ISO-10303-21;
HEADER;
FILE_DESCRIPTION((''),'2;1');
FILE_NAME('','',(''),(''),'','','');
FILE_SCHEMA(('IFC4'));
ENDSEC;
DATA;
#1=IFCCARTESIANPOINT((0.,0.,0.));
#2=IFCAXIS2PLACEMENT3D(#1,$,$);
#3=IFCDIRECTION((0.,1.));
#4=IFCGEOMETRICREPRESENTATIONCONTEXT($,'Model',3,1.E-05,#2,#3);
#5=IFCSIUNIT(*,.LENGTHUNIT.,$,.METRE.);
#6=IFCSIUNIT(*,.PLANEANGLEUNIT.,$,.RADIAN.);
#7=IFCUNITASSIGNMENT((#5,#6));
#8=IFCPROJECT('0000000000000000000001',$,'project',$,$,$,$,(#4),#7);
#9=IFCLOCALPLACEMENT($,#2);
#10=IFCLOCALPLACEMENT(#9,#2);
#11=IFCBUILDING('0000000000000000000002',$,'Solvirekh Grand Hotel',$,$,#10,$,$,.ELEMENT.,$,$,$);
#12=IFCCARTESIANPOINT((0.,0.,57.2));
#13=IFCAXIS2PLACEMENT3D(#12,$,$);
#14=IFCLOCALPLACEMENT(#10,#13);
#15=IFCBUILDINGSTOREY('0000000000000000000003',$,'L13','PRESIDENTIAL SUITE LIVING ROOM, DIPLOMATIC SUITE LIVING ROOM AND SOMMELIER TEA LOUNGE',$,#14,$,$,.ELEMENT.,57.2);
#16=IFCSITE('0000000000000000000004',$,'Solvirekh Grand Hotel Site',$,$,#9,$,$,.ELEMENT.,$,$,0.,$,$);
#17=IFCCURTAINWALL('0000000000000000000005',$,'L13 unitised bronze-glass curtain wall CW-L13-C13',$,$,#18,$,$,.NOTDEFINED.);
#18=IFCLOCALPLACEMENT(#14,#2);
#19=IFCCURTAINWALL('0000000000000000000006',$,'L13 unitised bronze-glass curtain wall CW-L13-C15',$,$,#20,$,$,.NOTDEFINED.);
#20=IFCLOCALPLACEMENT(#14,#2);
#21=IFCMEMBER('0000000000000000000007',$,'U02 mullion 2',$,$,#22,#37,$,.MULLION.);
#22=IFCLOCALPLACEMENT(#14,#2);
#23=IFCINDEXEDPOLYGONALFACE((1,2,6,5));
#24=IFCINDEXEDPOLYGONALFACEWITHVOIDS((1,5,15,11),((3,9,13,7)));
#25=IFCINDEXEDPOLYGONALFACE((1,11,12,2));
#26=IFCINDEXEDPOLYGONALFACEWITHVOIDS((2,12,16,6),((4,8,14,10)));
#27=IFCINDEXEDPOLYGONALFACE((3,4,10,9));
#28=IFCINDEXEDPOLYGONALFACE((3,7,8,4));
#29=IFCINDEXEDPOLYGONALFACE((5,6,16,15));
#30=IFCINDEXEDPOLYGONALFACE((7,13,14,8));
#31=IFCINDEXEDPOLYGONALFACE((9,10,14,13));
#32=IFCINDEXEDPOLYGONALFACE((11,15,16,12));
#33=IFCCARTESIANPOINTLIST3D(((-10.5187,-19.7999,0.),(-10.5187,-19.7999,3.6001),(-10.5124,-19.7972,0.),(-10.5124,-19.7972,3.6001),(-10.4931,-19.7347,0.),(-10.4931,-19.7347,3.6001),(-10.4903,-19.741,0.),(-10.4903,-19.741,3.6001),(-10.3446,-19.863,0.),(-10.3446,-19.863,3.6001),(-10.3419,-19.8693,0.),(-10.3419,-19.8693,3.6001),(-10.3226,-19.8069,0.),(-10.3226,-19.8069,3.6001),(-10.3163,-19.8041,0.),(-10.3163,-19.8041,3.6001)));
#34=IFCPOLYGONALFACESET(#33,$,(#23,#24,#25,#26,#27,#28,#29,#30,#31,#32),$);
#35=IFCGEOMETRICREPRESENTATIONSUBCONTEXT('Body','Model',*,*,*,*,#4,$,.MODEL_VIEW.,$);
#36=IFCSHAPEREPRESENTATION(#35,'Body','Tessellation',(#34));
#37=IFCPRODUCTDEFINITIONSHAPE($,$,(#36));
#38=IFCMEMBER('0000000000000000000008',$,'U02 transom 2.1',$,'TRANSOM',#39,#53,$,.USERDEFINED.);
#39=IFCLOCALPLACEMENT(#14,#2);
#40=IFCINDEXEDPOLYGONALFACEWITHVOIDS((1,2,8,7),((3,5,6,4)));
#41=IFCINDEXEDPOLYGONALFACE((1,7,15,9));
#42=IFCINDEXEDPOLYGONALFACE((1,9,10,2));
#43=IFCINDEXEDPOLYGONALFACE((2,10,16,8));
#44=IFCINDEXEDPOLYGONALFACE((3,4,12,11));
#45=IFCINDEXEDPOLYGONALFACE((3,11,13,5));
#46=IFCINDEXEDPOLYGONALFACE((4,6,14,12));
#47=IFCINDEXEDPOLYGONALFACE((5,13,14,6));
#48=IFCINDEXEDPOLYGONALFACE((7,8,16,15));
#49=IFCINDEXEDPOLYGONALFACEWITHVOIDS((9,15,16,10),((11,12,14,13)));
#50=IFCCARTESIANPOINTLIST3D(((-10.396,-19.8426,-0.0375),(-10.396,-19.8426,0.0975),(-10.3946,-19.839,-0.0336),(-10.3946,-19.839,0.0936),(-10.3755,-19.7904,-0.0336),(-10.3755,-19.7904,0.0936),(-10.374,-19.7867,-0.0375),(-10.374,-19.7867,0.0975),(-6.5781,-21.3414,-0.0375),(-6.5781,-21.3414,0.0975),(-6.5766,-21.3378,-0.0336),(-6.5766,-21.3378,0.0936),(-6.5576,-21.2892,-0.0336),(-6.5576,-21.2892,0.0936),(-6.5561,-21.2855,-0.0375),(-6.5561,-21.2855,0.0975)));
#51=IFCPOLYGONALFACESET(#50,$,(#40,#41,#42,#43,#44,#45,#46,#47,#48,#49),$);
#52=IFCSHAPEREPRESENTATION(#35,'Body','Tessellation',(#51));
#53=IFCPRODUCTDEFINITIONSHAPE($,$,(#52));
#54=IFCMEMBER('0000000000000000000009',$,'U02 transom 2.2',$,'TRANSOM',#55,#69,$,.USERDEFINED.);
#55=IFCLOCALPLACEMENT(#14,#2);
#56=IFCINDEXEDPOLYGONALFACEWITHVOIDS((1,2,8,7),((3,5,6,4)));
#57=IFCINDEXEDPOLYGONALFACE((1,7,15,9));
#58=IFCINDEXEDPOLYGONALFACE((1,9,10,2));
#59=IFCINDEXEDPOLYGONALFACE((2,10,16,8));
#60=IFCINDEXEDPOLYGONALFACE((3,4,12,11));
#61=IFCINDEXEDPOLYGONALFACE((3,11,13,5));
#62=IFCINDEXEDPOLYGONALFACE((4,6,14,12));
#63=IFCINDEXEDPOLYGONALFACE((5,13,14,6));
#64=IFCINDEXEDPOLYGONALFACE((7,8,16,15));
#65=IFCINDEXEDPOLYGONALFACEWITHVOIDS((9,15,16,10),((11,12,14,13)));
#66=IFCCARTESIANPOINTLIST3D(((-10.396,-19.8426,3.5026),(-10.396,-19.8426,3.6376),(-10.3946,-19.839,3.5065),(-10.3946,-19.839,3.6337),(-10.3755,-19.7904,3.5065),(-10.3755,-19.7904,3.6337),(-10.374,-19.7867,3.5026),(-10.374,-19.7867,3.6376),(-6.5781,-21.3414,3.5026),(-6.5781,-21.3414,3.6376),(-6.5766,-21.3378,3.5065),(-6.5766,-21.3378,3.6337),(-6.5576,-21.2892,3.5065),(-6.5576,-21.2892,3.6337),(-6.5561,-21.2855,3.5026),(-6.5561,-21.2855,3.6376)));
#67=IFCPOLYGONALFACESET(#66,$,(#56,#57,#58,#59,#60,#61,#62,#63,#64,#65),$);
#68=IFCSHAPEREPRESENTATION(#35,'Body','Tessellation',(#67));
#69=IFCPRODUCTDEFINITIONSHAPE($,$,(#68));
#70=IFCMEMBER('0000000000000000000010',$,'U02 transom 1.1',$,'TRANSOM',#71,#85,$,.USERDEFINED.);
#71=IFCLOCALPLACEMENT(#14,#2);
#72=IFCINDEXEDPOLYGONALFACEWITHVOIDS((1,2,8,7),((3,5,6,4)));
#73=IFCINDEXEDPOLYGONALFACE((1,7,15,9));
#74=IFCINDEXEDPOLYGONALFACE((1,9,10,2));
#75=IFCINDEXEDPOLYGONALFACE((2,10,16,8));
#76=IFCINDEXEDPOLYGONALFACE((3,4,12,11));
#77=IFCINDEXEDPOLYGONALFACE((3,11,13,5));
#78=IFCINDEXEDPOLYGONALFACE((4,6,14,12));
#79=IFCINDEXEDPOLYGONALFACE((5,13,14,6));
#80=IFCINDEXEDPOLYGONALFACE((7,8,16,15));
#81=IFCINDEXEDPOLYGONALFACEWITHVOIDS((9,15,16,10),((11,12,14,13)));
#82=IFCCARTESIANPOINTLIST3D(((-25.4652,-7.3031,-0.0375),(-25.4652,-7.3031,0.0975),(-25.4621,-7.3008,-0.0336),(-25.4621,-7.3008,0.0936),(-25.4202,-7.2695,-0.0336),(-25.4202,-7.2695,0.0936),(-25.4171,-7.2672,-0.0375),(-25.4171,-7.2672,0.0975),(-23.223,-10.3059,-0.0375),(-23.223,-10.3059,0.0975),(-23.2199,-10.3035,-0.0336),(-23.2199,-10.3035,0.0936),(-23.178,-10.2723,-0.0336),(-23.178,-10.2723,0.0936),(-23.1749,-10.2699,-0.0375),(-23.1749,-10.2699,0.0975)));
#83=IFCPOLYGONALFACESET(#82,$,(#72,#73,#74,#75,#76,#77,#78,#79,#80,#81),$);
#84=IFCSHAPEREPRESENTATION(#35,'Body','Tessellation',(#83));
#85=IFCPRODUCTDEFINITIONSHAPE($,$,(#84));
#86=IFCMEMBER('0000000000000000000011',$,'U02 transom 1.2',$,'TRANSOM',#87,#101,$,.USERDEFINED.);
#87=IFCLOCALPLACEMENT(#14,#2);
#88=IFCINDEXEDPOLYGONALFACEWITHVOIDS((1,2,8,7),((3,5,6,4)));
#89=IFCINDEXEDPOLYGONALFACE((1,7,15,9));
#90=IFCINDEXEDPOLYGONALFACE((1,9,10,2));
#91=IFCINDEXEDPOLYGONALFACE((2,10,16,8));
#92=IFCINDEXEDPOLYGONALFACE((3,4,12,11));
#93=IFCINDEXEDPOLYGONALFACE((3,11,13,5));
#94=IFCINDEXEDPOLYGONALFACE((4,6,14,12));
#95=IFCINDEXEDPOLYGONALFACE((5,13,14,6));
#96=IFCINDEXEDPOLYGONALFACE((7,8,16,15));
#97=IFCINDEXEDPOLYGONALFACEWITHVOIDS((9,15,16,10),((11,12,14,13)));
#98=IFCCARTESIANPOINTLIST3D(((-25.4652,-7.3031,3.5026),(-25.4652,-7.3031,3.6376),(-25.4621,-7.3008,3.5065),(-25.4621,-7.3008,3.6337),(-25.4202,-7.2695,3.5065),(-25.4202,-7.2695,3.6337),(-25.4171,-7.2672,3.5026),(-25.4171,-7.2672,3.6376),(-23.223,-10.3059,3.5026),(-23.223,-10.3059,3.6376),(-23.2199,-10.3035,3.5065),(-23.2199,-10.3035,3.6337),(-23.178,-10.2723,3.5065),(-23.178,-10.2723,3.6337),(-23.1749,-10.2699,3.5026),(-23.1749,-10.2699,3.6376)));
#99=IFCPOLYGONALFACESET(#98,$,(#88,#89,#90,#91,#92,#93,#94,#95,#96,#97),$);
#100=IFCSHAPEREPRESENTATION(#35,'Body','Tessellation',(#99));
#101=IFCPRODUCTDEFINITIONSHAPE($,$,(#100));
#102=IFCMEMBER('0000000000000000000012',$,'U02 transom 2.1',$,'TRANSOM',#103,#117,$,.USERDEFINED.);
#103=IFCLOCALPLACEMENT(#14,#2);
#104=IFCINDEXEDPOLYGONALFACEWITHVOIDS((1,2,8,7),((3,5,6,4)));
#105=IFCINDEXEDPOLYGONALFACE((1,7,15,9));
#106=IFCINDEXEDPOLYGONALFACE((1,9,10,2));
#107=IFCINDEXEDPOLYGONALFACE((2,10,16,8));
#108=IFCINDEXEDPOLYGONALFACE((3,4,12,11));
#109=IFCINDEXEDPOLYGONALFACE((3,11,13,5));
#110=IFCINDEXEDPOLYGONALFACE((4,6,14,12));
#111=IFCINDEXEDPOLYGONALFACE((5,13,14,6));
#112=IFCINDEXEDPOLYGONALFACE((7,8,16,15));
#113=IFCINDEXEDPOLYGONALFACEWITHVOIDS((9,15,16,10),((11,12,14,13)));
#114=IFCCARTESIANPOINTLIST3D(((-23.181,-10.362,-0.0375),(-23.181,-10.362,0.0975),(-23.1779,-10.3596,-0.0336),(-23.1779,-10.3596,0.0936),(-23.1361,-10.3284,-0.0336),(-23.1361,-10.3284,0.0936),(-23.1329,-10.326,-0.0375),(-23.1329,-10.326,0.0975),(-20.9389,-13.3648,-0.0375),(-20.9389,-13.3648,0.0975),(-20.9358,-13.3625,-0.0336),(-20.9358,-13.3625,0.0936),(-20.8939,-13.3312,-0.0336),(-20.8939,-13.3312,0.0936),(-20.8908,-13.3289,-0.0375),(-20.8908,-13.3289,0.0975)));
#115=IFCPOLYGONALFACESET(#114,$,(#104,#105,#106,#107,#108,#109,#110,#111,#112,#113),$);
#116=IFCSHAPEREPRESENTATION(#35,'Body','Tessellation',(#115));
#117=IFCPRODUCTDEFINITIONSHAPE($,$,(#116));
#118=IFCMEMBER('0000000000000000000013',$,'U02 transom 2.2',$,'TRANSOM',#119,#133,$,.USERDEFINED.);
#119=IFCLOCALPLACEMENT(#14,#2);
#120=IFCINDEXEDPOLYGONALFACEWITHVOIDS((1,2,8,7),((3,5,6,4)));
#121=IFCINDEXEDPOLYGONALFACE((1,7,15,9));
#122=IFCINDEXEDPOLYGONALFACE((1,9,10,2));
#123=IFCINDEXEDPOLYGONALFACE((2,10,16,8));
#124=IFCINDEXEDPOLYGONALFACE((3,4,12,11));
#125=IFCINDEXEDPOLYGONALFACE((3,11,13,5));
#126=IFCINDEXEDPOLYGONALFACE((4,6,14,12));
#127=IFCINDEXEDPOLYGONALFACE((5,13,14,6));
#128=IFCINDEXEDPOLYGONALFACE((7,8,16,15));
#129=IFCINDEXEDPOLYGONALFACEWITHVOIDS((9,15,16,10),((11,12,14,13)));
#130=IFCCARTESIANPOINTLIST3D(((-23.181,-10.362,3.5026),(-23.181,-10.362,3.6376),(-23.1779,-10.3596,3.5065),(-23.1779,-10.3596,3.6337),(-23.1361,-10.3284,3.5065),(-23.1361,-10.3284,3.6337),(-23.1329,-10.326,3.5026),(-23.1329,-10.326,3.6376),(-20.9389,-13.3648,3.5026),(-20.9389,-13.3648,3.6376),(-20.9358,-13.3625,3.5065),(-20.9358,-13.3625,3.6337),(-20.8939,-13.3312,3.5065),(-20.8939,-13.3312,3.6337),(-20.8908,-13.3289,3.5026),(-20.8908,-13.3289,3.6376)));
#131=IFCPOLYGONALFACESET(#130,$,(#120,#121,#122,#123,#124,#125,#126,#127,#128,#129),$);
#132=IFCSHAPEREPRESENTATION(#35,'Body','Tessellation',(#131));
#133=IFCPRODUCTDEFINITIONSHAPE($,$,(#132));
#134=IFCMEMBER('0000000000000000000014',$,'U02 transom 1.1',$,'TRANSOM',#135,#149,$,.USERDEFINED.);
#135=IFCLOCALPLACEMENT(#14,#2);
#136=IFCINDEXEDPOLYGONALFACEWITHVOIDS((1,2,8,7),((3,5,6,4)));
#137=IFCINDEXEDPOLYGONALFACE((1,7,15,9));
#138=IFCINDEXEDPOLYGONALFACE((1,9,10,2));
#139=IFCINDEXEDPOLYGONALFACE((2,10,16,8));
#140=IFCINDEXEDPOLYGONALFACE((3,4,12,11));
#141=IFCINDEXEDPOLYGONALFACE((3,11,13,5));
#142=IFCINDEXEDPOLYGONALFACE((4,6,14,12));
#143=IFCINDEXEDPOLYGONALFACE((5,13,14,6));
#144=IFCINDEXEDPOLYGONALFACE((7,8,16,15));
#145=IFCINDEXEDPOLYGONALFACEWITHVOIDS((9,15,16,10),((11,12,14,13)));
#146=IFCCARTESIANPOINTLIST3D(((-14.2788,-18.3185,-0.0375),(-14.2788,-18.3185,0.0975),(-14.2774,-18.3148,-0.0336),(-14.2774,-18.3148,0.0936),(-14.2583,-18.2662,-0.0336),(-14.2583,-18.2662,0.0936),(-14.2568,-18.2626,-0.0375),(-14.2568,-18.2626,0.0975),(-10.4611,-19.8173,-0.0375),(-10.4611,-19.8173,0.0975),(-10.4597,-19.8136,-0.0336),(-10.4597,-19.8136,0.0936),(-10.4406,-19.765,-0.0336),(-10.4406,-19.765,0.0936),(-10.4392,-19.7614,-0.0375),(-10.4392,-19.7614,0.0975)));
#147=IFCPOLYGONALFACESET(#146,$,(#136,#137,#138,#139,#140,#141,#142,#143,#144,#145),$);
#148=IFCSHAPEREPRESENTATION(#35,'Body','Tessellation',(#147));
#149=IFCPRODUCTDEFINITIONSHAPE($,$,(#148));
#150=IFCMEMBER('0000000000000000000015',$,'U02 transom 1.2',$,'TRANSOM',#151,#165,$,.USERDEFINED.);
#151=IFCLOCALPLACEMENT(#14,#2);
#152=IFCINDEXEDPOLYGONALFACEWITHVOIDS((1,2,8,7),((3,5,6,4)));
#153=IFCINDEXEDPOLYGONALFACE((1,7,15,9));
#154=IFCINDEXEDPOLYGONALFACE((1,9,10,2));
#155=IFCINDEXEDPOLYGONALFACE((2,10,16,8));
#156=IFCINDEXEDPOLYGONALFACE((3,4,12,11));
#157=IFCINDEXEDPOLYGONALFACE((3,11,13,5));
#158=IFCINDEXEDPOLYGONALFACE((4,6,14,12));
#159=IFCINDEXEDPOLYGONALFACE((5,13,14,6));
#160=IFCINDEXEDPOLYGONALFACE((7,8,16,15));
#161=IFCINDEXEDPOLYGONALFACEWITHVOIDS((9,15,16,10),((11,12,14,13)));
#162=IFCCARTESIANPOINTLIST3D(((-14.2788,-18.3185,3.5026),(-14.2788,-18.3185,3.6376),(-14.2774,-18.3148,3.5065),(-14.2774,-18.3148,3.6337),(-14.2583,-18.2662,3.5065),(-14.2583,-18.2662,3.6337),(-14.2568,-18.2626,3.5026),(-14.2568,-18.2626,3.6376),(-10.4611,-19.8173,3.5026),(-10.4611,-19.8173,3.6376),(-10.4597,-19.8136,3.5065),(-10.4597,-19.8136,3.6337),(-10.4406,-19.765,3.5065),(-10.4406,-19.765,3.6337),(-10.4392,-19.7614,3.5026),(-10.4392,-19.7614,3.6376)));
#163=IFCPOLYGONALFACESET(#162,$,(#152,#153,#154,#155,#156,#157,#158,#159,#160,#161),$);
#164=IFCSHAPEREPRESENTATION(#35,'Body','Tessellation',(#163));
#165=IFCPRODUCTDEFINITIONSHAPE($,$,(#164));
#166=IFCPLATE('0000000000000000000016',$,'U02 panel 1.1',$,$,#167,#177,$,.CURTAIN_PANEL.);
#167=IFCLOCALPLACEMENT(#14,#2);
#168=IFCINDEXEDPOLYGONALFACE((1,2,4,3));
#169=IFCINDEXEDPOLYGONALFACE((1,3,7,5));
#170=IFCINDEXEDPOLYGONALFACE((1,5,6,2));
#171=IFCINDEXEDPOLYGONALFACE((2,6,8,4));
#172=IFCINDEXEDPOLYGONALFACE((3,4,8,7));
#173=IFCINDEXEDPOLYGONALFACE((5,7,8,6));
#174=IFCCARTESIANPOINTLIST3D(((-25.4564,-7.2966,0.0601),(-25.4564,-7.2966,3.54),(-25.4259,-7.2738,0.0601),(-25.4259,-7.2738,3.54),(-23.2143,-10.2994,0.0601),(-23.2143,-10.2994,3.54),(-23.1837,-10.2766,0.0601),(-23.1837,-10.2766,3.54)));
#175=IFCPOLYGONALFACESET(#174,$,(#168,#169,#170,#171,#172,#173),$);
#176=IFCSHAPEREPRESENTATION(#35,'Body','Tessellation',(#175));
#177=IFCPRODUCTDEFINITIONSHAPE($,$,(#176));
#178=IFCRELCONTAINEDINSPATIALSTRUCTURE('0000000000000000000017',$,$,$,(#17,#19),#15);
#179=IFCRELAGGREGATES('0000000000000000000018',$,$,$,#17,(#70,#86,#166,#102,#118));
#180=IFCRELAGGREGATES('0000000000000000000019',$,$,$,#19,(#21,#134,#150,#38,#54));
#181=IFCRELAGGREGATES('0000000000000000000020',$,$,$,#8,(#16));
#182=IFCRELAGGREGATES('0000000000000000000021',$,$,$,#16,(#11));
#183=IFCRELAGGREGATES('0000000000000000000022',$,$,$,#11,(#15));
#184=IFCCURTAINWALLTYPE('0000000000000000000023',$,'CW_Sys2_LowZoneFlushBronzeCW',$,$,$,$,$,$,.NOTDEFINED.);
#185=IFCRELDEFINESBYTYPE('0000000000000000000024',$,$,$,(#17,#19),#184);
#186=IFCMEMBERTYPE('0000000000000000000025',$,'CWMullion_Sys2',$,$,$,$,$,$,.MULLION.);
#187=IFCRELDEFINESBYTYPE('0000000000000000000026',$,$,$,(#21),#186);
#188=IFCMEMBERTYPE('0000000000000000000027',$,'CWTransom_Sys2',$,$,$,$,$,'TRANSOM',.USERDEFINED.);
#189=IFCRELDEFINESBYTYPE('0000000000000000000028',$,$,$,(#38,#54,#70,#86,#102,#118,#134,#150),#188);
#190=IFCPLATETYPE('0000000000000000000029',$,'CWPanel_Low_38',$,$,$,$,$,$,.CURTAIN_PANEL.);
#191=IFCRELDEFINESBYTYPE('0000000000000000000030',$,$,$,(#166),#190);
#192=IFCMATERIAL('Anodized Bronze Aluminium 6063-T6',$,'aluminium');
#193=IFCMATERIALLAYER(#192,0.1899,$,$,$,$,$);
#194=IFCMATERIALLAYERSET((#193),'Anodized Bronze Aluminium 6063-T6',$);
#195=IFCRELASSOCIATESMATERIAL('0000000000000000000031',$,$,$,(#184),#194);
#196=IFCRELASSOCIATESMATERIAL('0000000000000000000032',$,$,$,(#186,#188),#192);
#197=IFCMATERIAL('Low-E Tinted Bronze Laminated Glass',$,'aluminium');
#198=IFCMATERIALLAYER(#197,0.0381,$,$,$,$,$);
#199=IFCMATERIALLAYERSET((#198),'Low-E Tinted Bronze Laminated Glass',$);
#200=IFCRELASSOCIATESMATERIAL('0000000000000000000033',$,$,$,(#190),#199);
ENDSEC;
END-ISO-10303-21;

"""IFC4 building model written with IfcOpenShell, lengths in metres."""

from ifc_helpers import new_model, si_unit, direction, frame, origin, origin_2d, place, context, subcontext, project, spatial, rectangle, hollow_rectangle, extrude, source, transform, mapped, material, layer, layer_set, material_profile, profile_set, type_object, element, aggregate, save


model = new_model("IFC4")

# Units and contexts
model_context = context("Model", 3, precision=1e-05, world=origin(), true_north=direction((0.0, 1.0)))
body_context = subcontext(model_context, "Body", "Model", "MODEL_VIEW")
ifc_project = project(units=[si_unit("LENGTHUNIT", "METRE"), si_unit("PLANEANGLEUNIT", "RADIAN")], contexts=[model_context])

# Site, building, storey
site_placement = place(None, origin())
site = spatial("IfcSite", under=ifc_project, at=site_placement, Name="Solvirekh Grand Hotel Site", CompositionType="ELEMENT", RefElevation=0.0)
building_placement = place(site_placement, origin())
building = spatial("IfcBuilding", under=site, at=building_placement, Name="Solvirekh Grand Hotel", CompositionType="ELEMENT")
storey_placement = place(building_placement, frame((0.0, 0.0, 57.2)))
storey = spatial("IfcBuildingStorey", under=building, at=storey_placement, Name="L13", Description="PRESIDENTIAL SUITE LIVING ROOM, DIPLOMATIC SUITE LIVING ROOM AND SOMMELIER TEA LOUNGE", CompositionType="ELEMENT", Elevation=57.2)

# Shared definitions
ifc_material_1 = material(Name="Anodized Bronze Aluminium 6063-T6", Category="aluminium")
ifc_layer_1 = layer(ifc_material_1, 0.1899)
ifc_layer_set_1 = layer_set([ifc_layer_1], Name="Anodized Bronze Aluminium 6063-T6")
curtain_wall_type = type_object("IfcCurtainWallType", Name="CW_Sys2_LowZoneFlushBronzeCW", PredefinedType="NOTDEFINED", material=ifc_layer_set_1)
ifc_material_profile_1 = material_profile(ifc_material_1, hollow_rectangle(XDim=0.0701, YDim=0.1899, WallThickness=0.0049, at=origin_2d()), Name="ALU RHS 190X70X5")
ifc_profile_set_1 = profile_set([ifc_material_profile_1], Name="Anodized Bronze Aluminium 6063-T6")
member_type_1 = type_object("IfcMemberType", Name="CWMullion_Sys2", PredefinedType="MULLION", material=ifc_profile_set_1)
shared_shape_1 = source(origin(), body_context, "Body", "SweptSolid", [
    extrude(hollow_rectangle(XDim=0.0701, YDim=0.1899, WallThickness=0.0049, at=origin_2d()), origin(), (0.0, 0.0, 1.0), 3.6001),
])

# Curtain walls, members
curtain_wall_1_placement = place(storey_placement, origin())
curtain_wall_1 = element("IfcCurtainWall", 1, at=curtain_wall_1_placement, inside=storey, type_object=curtain_wall_type, Name="L13 unitised bronze-glass curtain wall CW-L13-C13", PredefinedType="NOTDEFINED")
curtain_wall_2_placement = place(storey_placement, origin())
curtain_wall_2 = element("IfcCurtainWall", 2, at=curtain_wall_2_placement, inside=storey, type_object=curtain_wall_type, Name="L13 unitised bronze-glass curtain wall CW-L13-C15", PredefinedType="NOTDEFINED")
member_1_placement = place(storey_placement, frame((-10.4175, -19.802, 0.0), z_axis=(0.0, 0.0, 1.0), x_axis=(0.365399, 0.930851, 0.0)))
member_1 = element("IfcMember", 3, at=member_1_placement, type_object=member_type_1, Name="U02 mullion 2", PredefinedType="MULLION", context=body_context, shape_type="MappedRepresentation", body=[
    mapped(shared_shape_1, transform((0.0, 0.0, 0.0), x_axis=(1.0, 0.0, 0.0), y_axis=(0.0, 1.0, 0.0), z_axis=(0.0, 0.0, 1.0), scale=1.0)),
])
ifc_material_profile_2 = material_profile(ifc_material_1, hollow_rectangle(XDim=0.0601, YDim=0.135, WallThickness=0.0039, at=origin_2d()), Name="ALU RHS 135X60X4")
ifc_profile_set_2 = profile_set([ifc_material_profile_2], Name="Anodized Bronze Aluminium 6063-T6")
member_type_2 = type_object("IfcMemberType", Name="CWTransom_Sys2", ElementType="TRANSOM", PredefinedType="USERDEFINED", material=ifc_profile_set_2)
shared_shape_2 = source(origin(), body_context, "Body", "SweptSolid", [
    extrude(hollow_rectangle(XDim=0.0601, YDim=0.135, WallThickness=0.0039, at=origin_2d()), origin(), (0.0, 0.0, 1.0), 4.1016),
])
member_2_placement = place(storey_placement, frame((-10.385, -19.8147, 0.03), z_axis=(0.930843, -0.36542, 0.0), x_axis=(0.36542, 0.930843, 0.0)))
member_2 = element("IfcMember", 4, at=member_2_placement, type_object=member_type_2, Name="U02 transom 2.1", ObjectType="TRANSOM", PredefinedType="USERDEFINED", context=body_context, shape_type="MappedRepresentation", body=[
    mapped(shared_shape_2, transform((0.0, 0.0, 0.0), x_axis=(1.0, 0.0, 0.0), y_axis=(0.0, 1.0, 0.0), z_axis=(0.0, 0.0, 1.0), scale=1.0)),
])
member_3_placement = place(storey_placement, frame((-10.385, -19.8147, 3.5701), z_axis=(0.930843, -0.36542, 0.0), x_axis=(0.36542, 0.930843, 0.0)))
member_3 = element("IfcMember", 5, at=member_3_placement, type_object=member_type_2, Name="U02 transom 2.2", ObjectType="TRANSOM", PredefinedType="USERDEFINED", context=body_context, shape_type="MappedRepresentation", body=[
    mapped(shared_shape_2, transform((0.0, 0.0, 0.0), x_axis=(1.0, 0.0, 0.0), y_axis=(0.0, 1.0, 0.0), z_axis=(0.0, 0.0, 1.0), scale=1.0)),
])

# Members
shared_shape_3 = source(origin(), body_context, "Body", "SweptSolid", [
    extrude(hollow_rectangle(XDim=0.0601, YDim=0.135, WallThickness=0.0039, at=origin_2d()), origin(), (0.0, 0.0, 1.0), 3.7476),
])
member_4_placement = place(storey_placement, frame((-25.4412, -7.2852, 0.03), z_axis=(0.59832, -0.801257, 0.0), x_axis=(0.801257, 0.59832, 0.0)))
member_4 = element("IfcMember", 6, at=member_4_placement, type_object=member_type_2, Name="U02 transom 1.1", ObjectType="TRANSOM", PredefinedType="USERDEFINED", context=body_context, shape_type="MappedRepresentation", body=[
    mapped(shared_shape_3, transform((0.0, 0.0, 0.0), x_axis=(1.0, 0.0, 0.0), y_axis=(0.0, 1.0, 0.0), z_axis=(0.0, 0.0, 1.0), scale=1.0)),
])
member_5_placement = place(storey_placement, frame((-25.4412, -7.2852, 3.5701), z_axis=(0.59832, -0.801257, 0.0), x_axis=(0.801257, 0.59832, 0.0)))
member_5 = element("IfcMember", 7, at=member_5_placement, type_object=member_type_2, Name="U02 transom 1.2", ObjectType="TRANSOM", PredefinedType="USERDEFINED", context=body_context, shape_type="MappedRepresentation", body=[
    mapped(shared_shape_3, transform((0.0, 0.0, 0.0), x_axis=(1.0, 0.0, 0.0), y_axis=(0.0, 1.0, 0.0), z_axis=(0.0, 0.0, 1.0), scale=1.0)),
])
member_6_placement = place(storey_placement, frame((-23.157, -10.344, 0.03), z_axis=(0.598289, -0.80128, 0.0), x_axis=(0.80128, 0.598289, 0.0)))
member_6 = element("IfcMember", 8, at=member_6_placement, type_object=member_type_2, Name="U02 transom 2.1", ObjectType="TRANSOM", PredefinedType="USERDEFINED", context=body_context, shape_type="MappedRepresentation", body=[
    mapped(shared_shape_3, transform((0.0, 0.0, 0.0), x_axis=(1.0, 0.0, 0.0), y_axis=(0.0, 1.0, 0.0), z_axis=(0.0, 0.0, 1.0), scale=1.0)),
])
member_7_placement = place(storey_placement, frame((-23.157, -10.344, 3.5701), z_axis=(0.598289, -0.80128, 0.0), x_axis=(0.80128, 0.598289, 0.0)))
member_7 = element("IfcMember", 9, at=member_7_placement, type_object=member_type_2, Name="U02 transom 2.2", ObjectType="TRANSOM", PredefinedType="USERDEFINED", context=body_context, shape_type="MappedRepresentation", body=[
    mapped(shared_shape_3, transform((0.0, 0.0, 0.0), x_axis=(1.0, 0.0, 0.0), y_axis=(0.0, 1.0, 0.0), z_axis=(0.0, 0.0, 1.0), scale=1.0)),
])
shared_shape_4 = source(origin(), body_context, "Body", "SweptSolid", [
    extrude(hollow_rectangle(XDim=0.0601, YDim=0.135, WallThickness=0.0039, at=origin_2d()), origin(), (0.0, 0.0, 1.0), 4.1013),
])
member_8_placement = place(storey_placement, frame((-14.2678, -18.2905, 0.03), z_axis=(0.930835, -0.365441, 0.0), x_axis=(0.365441, 0.930835, 0.0)))
member_8 = element("IfcMember", 10, at=member_8_placement, type_object=member_type_2, Name="U02 transom 1.1", ObjectType="TRANSOM", PredefinedType="USERDEFINED", context=body_context, shape_type="MappedRepresentation", body=[
    mapped(shared_shape_4, transform((0.0, 0.0, 0.0), x_axis=(1.0, 0.0, 0.0), y_axis=(0.0, 1.0, 0.0), z_axis=(0.0, 0.0, 1.0), scale=1.0)),
])
member_9_placement = place(storey_placement, frame((-14.2678, -18.2905, 3.5701), z_axis=(0.930835, -0.365441, 0.0), x_axis=(0.365441, 0.930835, 0.0)))
member_9 = element("IfcMember", 11, at=member_9_placement, type_object=member_type_2, Name="U02 transom 1.2", ObjectType="TRANSOM", PredefinedType="USERDEFINED", context=body_context, shape_type="MappedRepresentation", body=[
    mapped(shared_shape_4, transform((0.0, 0.0, 0.0), x_axis=(1.0, 0.0, 0.0), y_axis=(0.0, 1.0, 0.0), z_axis=(0.0, 0.0, 1.0), scale=1.0)),
])

# Plate
ifc_material_2 = material(Name="Low-E Tinted Bronze Laminated Glass", Category="aluminium")
ifc_layer_2 = layer(ifc_material_2, 0.0381)
ifc_layer_set_2 = layer_set([ifc_layer_2], Name="Low-E Tinted Bronze Laminated Glass")
plate_type = type_object("IfcPlateType", Name="CWPanel_Low_38", PredefinedType="CURTAIN_PANEL", material=ifc_layer_set_2)
shared_shape_5 = source(origin(), body_context, "Body", "SweptSolid", [
    extrude(rectangle(XDim=3.7476, YDim=0.0381, at=origin_2d()), origin(), (0.0, 0.0, 1.0), 3.48),
])
plate_1_placement = place(storey_placement, frame((-24.3201, -8.7866, 0.0601), z_axis=(0.0, 0.0, 1.0), x_axis=(0.598296, -0.801275, 0.0)))
plate_1 = element("IfcPlate", 12, at=plate_1_placement, type_object=plate_type, Name="U02 panel 1.1", PredefinedType="CURTAIN_PANEL", context=body_context, shape_type="MappedRepresentation", body=[
    mapped(shared_shape_5, transform((0.0, 0.0, 0.0), x_axis=(1.0, 0.0, 0.0), y_axis=(0.0, 1.0, 0.0), z_axis=(0.0, 0.0, 1.0), scale=1.0)),
])
aggregate(curtain_wall_1, [member_4, member_5, plate_1, member_6, member_7])
aggregate(curtain_wall_2, [member_1, member_8, member_9, member_2, member_3])

save(model, "model.ifc")
